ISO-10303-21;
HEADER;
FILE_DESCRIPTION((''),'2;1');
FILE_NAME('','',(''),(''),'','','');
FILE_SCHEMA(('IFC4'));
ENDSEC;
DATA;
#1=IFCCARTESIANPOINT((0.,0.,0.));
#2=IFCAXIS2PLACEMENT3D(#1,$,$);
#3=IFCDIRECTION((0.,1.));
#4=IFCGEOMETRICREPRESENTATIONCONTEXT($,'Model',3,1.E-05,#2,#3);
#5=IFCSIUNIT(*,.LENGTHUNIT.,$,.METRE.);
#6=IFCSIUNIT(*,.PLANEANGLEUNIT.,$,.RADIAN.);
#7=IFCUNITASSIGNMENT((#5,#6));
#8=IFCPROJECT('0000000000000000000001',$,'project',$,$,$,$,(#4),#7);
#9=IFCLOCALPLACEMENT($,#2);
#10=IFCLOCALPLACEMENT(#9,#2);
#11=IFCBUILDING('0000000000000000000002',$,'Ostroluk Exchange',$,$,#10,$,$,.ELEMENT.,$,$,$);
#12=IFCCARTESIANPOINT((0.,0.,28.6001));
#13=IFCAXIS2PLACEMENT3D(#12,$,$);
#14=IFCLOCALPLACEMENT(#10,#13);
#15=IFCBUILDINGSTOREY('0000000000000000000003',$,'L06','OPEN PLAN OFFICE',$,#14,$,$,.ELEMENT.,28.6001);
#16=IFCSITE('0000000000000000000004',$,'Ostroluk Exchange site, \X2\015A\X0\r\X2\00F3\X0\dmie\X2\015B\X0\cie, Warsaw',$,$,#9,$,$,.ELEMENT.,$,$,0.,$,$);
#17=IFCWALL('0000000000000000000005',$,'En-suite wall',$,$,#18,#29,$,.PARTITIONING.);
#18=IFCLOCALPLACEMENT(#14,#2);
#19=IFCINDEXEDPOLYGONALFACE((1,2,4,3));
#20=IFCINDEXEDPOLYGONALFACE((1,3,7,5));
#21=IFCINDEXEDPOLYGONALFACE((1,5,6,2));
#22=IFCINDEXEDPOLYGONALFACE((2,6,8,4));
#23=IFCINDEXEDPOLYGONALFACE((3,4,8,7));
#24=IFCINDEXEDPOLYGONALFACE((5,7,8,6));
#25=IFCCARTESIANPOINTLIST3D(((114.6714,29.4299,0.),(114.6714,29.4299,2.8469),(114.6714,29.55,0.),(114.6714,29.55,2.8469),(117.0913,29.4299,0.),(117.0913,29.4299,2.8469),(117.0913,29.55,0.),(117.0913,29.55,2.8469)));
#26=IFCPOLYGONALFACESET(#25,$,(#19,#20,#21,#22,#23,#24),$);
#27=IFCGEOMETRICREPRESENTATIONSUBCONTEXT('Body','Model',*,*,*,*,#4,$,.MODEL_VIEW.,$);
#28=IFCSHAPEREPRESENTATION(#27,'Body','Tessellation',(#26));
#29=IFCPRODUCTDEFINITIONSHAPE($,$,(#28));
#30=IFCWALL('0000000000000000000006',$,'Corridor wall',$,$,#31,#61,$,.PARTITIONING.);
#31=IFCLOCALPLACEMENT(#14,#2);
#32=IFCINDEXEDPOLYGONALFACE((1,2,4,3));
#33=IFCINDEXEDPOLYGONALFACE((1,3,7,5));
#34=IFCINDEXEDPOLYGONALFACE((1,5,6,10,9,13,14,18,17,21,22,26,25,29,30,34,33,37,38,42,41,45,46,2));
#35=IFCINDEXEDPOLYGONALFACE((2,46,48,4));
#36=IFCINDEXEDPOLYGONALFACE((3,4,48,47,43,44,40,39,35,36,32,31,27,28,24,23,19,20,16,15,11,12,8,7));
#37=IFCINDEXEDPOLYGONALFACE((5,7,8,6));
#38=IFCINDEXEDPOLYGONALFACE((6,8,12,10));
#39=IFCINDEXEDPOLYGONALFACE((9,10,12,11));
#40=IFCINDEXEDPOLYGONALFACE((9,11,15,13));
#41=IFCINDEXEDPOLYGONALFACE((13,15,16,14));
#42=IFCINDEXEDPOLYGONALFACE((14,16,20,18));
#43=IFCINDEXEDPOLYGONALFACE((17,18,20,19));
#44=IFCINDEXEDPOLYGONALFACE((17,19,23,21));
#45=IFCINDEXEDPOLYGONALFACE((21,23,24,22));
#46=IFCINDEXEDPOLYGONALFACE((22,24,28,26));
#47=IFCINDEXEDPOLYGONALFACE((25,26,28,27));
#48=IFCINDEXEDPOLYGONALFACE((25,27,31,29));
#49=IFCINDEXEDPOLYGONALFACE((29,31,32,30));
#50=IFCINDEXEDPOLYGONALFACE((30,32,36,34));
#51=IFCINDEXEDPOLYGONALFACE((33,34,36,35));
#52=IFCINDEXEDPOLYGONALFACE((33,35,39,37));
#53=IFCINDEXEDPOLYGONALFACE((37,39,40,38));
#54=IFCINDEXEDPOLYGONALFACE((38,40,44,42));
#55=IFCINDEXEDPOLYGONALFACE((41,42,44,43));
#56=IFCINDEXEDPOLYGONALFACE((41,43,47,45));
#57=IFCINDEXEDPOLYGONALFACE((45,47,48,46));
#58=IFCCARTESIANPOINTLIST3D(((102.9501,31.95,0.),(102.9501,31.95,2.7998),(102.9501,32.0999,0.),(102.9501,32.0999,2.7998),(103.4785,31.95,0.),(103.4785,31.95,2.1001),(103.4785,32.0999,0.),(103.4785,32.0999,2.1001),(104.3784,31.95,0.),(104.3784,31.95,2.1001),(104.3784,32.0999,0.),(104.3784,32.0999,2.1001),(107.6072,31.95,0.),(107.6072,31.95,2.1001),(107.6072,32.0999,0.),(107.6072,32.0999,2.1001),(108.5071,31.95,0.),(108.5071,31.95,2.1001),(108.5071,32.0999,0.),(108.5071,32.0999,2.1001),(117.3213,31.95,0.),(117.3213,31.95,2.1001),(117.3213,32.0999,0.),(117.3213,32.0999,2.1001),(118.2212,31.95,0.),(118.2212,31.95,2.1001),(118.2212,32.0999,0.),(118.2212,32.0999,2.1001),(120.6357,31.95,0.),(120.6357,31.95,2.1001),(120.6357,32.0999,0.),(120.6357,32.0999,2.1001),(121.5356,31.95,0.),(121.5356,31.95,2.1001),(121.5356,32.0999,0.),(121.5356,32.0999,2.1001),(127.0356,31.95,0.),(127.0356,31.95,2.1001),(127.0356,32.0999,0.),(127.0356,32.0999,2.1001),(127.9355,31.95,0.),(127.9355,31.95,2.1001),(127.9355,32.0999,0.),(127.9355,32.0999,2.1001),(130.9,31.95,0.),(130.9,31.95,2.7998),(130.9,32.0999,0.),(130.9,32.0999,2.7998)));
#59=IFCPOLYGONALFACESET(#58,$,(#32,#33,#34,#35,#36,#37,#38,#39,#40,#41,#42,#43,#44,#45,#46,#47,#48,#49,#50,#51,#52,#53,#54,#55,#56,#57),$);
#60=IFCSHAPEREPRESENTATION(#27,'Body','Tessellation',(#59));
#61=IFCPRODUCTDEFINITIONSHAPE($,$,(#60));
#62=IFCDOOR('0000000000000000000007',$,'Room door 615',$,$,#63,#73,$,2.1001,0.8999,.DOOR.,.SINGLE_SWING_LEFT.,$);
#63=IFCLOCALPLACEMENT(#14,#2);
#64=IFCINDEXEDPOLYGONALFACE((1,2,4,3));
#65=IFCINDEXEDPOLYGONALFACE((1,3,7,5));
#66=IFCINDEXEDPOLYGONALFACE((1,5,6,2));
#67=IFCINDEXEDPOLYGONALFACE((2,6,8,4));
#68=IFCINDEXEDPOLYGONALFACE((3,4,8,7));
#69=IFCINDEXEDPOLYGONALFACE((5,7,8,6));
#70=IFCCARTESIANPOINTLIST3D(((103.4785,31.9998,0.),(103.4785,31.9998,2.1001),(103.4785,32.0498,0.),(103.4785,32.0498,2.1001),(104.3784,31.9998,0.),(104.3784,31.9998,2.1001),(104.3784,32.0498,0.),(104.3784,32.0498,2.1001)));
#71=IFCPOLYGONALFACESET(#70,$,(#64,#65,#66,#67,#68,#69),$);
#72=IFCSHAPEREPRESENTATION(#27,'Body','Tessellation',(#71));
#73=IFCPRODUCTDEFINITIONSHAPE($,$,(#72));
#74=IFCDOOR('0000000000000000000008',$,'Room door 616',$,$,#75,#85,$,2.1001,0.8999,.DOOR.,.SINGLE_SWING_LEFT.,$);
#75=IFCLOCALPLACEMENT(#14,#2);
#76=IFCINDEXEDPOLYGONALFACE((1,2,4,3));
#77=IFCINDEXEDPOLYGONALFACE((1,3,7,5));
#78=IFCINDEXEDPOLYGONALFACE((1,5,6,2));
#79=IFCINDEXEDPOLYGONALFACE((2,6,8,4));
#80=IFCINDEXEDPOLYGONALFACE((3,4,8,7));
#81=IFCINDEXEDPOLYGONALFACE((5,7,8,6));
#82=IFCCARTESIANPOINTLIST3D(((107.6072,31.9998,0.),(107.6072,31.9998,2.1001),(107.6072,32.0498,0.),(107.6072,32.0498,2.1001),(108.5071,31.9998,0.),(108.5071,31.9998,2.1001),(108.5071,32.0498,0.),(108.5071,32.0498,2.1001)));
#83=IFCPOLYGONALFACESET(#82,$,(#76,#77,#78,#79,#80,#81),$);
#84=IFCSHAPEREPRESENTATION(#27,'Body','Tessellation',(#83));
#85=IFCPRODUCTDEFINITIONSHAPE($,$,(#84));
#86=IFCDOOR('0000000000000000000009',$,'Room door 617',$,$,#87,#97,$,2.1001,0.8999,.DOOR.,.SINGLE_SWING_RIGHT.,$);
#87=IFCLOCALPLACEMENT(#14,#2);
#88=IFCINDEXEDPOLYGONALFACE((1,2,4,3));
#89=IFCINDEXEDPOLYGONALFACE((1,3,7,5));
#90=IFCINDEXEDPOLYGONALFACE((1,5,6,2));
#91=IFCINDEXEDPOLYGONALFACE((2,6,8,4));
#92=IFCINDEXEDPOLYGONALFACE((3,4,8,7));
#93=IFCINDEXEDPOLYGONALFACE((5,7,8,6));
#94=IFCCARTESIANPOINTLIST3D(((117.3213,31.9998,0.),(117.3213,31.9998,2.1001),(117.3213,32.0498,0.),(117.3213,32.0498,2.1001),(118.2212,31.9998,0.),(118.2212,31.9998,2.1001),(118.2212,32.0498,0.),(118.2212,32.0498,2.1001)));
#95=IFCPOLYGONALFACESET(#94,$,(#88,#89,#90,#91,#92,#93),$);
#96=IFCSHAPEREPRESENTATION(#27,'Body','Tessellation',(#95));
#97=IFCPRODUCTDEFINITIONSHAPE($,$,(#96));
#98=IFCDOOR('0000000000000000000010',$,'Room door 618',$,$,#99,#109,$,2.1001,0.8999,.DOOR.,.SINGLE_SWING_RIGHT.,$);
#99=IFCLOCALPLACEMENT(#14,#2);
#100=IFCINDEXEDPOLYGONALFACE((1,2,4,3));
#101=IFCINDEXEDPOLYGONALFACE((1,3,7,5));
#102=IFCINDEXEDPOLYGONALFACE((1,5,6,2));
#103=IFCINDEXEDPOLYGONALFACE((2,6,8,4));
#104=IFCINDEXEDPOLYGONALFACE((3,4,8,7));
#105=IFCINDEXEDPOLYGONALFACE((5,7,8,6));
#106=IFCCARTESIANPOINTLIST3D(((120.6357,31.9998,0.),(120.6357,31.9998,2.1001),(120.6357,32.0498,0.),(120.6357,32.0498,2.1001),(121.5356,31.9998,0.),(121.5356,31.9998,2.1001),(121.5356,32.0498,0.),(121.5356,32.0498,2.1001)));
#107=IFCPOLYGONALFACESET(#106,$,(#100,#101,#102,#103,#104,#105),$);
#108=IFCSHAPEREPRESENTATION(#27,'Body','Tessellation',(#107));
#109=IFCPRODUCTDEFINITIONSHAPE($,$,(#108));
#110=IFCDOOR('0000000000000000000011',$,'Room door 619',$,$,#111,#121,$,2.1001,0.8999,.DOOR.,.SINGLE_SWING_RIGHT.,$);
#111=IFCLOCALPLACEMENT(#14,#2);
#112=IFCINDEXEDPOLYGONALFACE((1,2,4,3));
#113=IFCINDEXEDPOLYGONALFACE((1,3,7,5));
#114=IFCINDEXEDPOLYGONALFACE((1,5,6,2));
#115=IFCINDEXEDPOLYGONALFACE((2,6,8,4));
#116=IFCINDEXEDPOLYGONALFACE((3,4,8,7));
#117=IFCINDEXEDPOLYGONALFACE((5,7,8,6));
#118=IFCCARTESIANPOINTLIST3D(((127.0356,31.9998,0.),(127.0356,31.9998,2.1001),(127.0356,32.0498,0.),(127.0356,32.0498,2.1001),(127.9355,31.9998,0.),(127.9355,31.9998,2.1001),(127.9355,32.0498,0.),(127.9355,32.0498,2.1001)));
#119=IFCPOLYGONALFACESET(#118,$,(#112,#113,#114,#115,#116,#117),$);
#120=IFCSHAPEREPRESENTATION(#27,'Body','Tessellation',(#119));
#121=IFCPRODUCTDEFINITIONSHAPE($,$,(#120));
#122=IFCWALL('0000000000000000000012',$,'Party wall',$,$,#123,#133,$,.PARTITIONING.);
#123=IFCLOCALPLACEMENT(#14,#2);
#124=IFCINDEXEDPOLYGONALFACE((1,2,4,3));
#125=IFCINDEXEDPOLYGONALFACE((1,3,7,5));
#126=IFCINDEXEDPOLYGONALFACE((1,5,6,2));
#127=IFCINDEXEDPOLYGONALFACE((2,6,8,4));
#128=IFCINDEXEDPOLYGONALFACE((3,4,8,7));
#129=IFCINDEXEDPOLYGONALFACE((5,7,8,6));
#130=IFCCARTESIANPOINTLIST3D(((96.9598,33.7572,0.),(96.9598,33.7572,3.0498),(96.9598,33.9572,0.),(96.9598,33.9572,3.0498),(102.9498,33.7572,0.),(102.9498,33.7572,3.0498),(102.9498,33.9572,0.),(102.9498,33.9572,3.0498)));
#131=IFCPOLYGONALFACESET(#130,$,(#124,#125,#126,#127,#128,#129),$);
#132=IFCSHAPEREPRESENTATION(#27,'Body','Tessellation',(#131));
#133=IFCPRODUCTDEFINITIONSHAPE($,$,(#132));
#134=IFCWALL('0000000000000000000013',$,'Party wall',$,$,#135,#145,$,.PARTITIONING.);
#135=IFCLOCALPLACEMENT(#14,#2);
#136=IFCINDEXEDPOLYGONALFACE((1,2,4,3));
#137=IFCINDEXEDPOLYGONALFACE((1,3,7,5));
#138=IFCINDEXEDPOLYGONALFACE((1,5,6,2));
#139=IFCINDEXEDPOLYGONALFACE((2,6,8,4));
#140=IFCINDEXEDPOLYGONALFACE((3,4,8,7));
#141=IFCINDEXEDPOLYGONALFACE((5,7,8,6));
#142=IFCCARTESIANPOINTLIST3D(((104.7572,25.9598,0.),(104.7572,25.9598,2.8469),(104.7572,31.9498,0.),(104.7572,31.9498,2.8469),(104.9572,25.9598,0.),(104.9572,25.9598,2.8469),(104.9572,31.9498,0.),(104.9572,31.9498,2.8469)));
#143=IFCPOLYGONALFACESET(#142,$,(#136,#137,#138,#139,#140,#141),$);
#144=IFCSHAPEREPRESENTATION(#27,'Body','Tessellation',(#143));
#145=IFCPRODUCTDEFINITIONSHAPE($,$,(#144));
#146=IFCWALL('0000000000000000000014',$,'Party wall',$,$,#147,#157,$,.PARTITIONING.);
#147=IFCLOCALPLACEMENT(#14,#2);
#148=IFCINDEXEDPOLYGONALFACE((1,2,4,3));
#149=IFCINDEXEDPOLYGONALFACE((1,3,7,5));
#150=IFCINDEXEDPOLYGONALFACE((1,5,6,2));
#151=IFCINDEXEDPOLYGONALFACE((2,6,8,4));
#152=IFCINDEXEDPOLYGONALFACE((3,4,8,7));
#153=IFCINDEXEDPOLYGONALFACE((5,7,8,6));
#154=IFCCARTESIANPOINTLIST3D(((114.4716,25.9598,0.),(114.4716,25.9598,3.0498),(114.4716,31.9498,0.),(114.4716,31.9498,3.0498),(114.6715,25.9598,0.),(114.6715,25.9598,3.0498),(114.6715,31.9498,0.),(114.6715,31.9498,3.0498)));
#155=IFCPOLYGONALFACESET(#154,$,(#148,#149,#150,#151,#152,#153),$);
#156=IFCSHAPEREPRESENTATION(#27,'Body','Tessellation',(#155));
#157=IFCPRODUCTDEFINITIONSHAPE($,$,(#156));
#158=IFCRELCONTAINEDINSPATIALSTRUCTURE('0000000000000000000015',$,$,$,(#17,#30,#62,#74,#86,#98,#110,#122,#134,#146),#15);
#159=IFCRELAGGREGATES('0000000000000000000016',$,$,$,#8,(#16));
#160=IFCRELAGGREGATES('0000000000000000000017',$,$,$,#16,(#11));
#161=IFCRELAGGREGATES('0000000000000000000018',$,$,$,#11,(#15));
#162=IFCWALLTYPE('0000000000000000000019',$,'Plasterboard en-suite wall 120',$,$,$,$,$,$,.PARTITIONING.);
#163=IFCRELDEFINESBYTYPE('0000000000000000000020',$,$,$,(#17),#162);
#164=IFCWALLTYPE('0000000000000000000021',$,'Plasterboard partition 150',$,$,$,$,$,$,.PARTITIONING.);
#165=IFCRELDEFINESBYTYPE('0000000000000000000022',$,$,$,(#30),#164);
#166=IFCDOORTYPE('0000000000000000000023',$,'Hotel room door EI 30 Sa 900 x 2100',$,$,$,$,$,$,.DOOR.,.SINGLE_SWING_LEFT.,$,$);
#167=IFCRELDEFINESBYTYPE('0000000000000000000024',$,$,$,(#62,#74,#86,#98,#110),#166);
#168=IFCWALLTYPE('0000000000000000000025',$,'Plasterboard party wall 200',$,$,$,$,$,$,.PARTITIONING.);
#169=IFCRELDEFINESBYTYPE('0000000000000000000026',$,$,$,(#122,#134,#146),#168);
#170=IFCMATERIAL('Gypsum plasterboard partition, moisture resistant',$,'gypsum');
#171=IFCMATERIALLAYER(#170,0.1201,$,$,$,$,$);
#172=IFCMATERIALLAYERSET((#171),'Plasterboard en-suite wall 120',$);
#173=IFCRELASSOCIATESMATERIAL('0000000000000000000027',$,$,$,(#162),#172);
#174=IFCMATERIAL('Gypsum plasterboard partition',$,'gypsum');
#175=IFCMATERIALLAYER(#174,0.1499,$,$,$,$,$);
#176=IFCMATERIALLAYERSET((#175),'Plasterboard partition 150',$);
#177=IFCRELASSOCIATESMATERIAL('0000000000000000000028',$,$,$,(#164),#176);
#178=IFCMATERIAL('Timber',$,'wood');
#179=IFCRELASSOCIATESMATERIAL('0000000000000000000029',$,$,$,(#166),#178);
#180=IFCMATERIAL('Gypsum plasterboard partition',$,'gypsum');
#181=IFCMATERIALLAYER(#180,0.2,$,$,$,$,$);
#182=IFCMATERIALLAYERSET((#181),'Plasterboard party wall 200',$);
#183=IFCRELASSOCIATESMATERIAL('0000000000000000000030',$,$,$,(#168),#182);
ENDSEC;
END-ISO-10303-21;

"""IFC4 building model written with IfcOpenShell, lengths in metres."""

from ifc_helpers import new_model, si_unit, direction, frame, frame_2d, origin, place, context, subcontext, project, spatial, rectangle, extrude, material, layer, layer_set, type_object, element, fill, save


model = new_model("IFC4")

# Units and contexts
model_context = context("Model", 3, precision=1e-05, world=origin(), true_north=direction((0.0, 1.0)))
body_context = subcontext(model_context, "Body", "Model", "MODEL_VIEW")
ifc_project = project(units=[si_unit("LENGTHUNIT", "METRE"), si_unit("PLANEANGLEUNIT", "RADIAN")], contexts=[model_context])

# Site, building, storey
site_placement = place(None, origin())
site = spatial("IfcSite", under=ifc_project, at=site_placement, Name="Ostroluk Exchange site, Śródmieście, Warsaw", CompositionType="ELEMENT", RefElevation=0.0)
building_placement = place(site_placement, origin())
building = spatial("IfcBuilding", under=site, at=building_placement, Name="Ostroluk Exchange", CompositionType="ELEMENT")
storey_placement = place(building_placement, frame((0.0, 0.0, 28.6001)))
storey = spatial("IfcBuildingStorey", under=building, at=storey_placement, Name="L06", Description="OPEN PLAN OFFICE", CompositionType="ELEMENT", Elevation=28.6001)

# Shared definitions
ifc_material_1 = material(Name="Gypsum plasterboard partition, moisture resistant", Category="gypsum")
ifc_layer_1 = layer(ifc_material_1, 0.1201)
ifc_layer_set_1 = layer_set([ifc_layer_1], Name="Plasterboard en-suite wall 120")
wall_type_1 = type_object("IfcWallType", Name="Plasterboard en-suite wall 120", PredefinedType="PARTITIONING", material=ifc_layer_set_1)

# Wall
wall_1_placement = place(storey_placement, frame((114.6714, 29.49, 0.0), z_axis=(0.0, 0.0, 1.0), x_axis=(1.0, 0.0, 0.0)))
element("IfcWall", 1, at=wall_1_placement, inside=storey, type_object=wall_type_1, Name="En-suite wall", PredefinedType="PARTITIONING", context=body_context, shape_type="SweptSolid", body=[
    extrude(rectangle(XDim=2.4199, YDim=0.1201, at=frame_2d((1.21, 0.0))), origin(), (0.0, 0.0, 1.0), 2.8469),
])

# Wall, openings, doors
ifc_material_2 = material(Name="Gypsum plasterboard partition", Category="gypsum")
ifc_layer_2 = layer(ifc_material_2, 0.1499)
ifc_layer_set_2 = layer_set([ifc_layer_2], Name="Plasterboard partition 150")
wall_type_2 = type_object("IfcWallType", Name="Plasterboard partition 150", PredefinedType="PARTITIONING", material=ifc_layer_set_2)
wall_2_placement = place(storey_placement, frame((102.95, 32.0249, 0.0), z_axis=(0.0, 0.0, 1.0), x_axis=(1.0, 0.0, 0.0)))
wall_2 = element("IfcWall", 2, at=wall_2_placement, inside=storey, type_object=wall_type_2, Name="Corridor wall", PredefinedType="PARTITIONING", context=body_context, shape_type="SweptSolid", body=[
    extrude(rectangle(XDim=27.95, YDim=0.1499, at=frame_2d((13.9751, 0.0))), origin(), (0.0, 0.0, 1.0), 2.7998),
])
opening_1_placement = place(wall_2_placement, frame((0.5286, 0.0, 0.0)))
opening_1 = element("IfcOpeningElement", 3, at=opening_1_placement, cuts=wall_2, PredefinedType="OPENING", context=body_context, shape_type="SweptSolid", body=[
    extrude(rectangle(XDim=0.8999, YDim=2.1001, at=frame_2d((0.45, 1.05))), frame((0.0, 0.085, 0.0), z_axis=(0.0, -1.0, 0.0), x_axis=(1.0, 0.0, 0.0)), (0.0, 0.0, 1.0), 0.1699),
])
opening_2_placement = place(wall_2_placement, frame((4.6572, 0.0, 0.0)))
opening_2 = element("IfcOpeningElement", 4, at=opening_2_placement, cuts=wall_2, PredefinedType="OPENING", context=body_context, shape_type="SweptSolid", body=[
    extrude(rectangle(XDim=0.8999, YDim=2.1001, at=frame_2d((0.45, 1.05))), frame((0.0, 0.085, 0.0), z_axis=(0.0, -1.0, 0.0), x_axis=(1.0, 0.0, 0.0)), (0.0, 0.0, 1.0), 0.1699),
])
opening_3_placement = place(wall_2_placement, frame((14.3713, 0.0, 0.0)))
opening_3 = element("IfcOpeningElement", 5, at=opening_3_placement, cuts=wall_2, PredefinedType="OPENING", context=body_context, shape_type="SweptSolid", body=[
    extrude(rectangle(XDim=0.8999, YDim=2.1001, at=frame_2d((0.45, 1.05))), frame((0.0, 0.085, 0.0), z_axis=(0.0, -1.0, 0.0), x_axis=(1.0, 0.0, 0.0)), (0.0, 0.0, 1.0), 0.1699),
])
opening_4_placement = place(wall_2_placement, frame((17.6858, 0.0, 0.0)))
opening_4 = element("IfcOpeningElement", 6, at=opening_4_placement, cuts=wall_2, PredefinedType="OPENING", context=body_context, shape_type="SweptSolid", body=[
    extrude(rectangle(XDim=0.8999, YDim=2.1001, at=frame_2d((0.45, 1.05))), frame((0.0, 0.085, 0.0), z_axis=(0.0, -1.0, 0.0), x_axis=(1.0, 0.0, 0.0)), (0.0, 0.0, 1.0), 0.1699),
])
opening_5_placement = place(wall_2_placement, frame((24.0857, 0.0, 0.0)))
opening_5 = element("IfcOpeningElement", 7, at=opening_5_placement, cuts=wall_2, PredefinedType="OPENING", context=body_context, shape_type="SweptSolid", body=[
    extrude(rectangle(XDim=0.8999, YDim=2.1001, at=frame_2d((0.45, 1.05))), frame((0.0, 0.085, 0.0), z_axis=(0.0, -1.0, 0.0), x_axis=(1.0, 0.0, 0.0)), (0.0, 0.0, 1.0), 0.1699),
])
ifc_material_3 = material(Name="Timber", Category="wood")
door_type_1 = type_object("IfcDoorType", Name="Hotel room door EI 30 Sa 900 x 2100", OperationType="SINGLE_SWING_LEFT", PredefinedType="DOOR", material=ifc_material_3)
door_1_placement = place(opening_1_placement, origin())
door_1 = element("IfcDoor", 8, at=door_1_placement, inside=storey, type_object=door_type_1, Name="Room door 615", OperationType="SINGLE_SWING_LEFT", OverallHeight=2.1001, OverallWidth=0.8999, PredefinedType="DOOR", context=body_context, shape_type="SweptSolid", body=[
    extrude(rectangle(XDim=0.8999, YDim=2.1001, at=frame_2d((0.45, 1.05))), frame((0.0, 0.0249, 0.0), z_axis=(0.0, -1.0, 0.0), x_axis=(1.0, 0.0, 0.0)), (0.0, 0.0, 1.0), 0.05),
])
fill(opening_1, door_1)
door_2_placement = place(opening_2_placement, origin())
door_2 = element("IfcDoor", 9, at=door_2_placement, inside=storey, type_object=door_type_1, Name="Room door 616", OperationType="SINGLE_SWING_LEFT", OverallHeight=2.1001, OverallWidth=0.8999, PredefinedType="DOOR", context=body_context, shape_type="SweptSolid", body=[
    extrude(rectangle(XDim=0.8999, YDim=2.1001, at=frame_2d((0.45, 1.05))), frame((0.0, 0.0249, 0.0), z_axis=(0.0, -1.0, 0.0), x_axis=(1.0, 0.0, 0.0)), (0.0, 0.0, 1.0), 0.05),
])
fill(opening_2, door_2)
door_3_placement = place(opening_3_placement, origin())
door_3 = element("IfcDoor", 10, at=door_3_placement, inside=storey, type_object=door_type_1, Name="Room door 617", OperationType="SINGLE_SWING_RIGHT", OverallHeight=2.1001, OverallWidth=0.8999, PredefinedType="DOOR", context=body_context, shape_type="SweptSolid", body=[
    extrude(rectangle(XDim=0.8999, YDim=2.1001, at=frame_2d((0.45, 1.05))), frame((0.0, 0.0249, 0.0), z_axis=(0.0, -1.0, 0.0), x_axis=(1.0, 0.0, 0.0)), (0.0, 0.0, 1.0), 0.05),
])
fill(opening_3, door_3)
door_4_placement = place(opening_4_placement, origin())
door_4 = element("IfcDoor", 11, at=door_4_placement, inside=storey, type_object=door_type_1, Name="Room door 618", OperationType="SINGLE_SWING_RIGHT", OverallHeight=2.1001, OverallWidth=0.8999, PredefinedType="DOOR", context=body_context, shape_type="SweptSolid", body=[
    extrude(rectangle(XDim=0.8999, YDim=2.1001, at=frame_2d((0.45, 1.05))), frame((0.0, 0.0249, 0.0), z_axis=(0.0, -1.0, 0.0), x_axis=(1.0, 0.0, 0.0)), (0.0, 0.0, 1.0), 0.05),
])
fill(opening_4, door_4)
door_5_placement = place(opening_5_placement, origin())
door_5 = element("IfcDoor", 12, at=door_5_placement, inside=storey, type_object=door_type_1, Name="Room door 619", OperationType="SINGLE_SWING_RIGHT", OverallHeight=2.1001, OverallWidth=0.8999, PredefinedType="DOOR", context=body_context, shape_type="SweptSolid", body=[
    extrude(rectangle(XDim=0.8999, YDim=2.1001, at=frame_2d((0.45, 1.05))), frame((0.0, 0.0249, 0.0), z_axis=(0.0, -1.0, 0.0), x_axis=(1.0, 0.0, 0.0)), (0.0, 0.0, 1.0), 0.05),
])
fill(opening_5, door_5)

# Walls
ifc_material_4 = material(Name="Gypsum plasterboard partition", Category="gypsum")
ifc_layer_3 = layer(ifc_material_4, 0.2)
ifc_layer_set_3 = layer_set([ifc_layer_3], Name="Plasterboard party wall 200")
wall_type_3 = type_object("IfcWallType", Name="Plasterboard party wall 200", PredefinedType="PARTITIONING", material=ifc_layer_set_3)
wall_3_placement = place(storey_placement, frame((102.95, 33.8572, 0.0), z_axis=(0.0, 0.0, 1.0), x_axis=(-1.0, 0.0, 0.0)))
element("IfcWall", 13, at=wall_3_placement, inside=storey, type_object=wall_type_3, Name="Party wall", PredefinedType="PARTITIONING", context=body_context, shape_type="SweptSolid", body=[
    extrude(rectangle(XDim=5.99, YDim=0.2, at=frame_2d((2.9951, 0.0))), origin(), (0.0, 0.0, 1.0), 3.0498),
])
wall_4_placement = place(storey_placement, frame((104.8572, 31.95, 0.0), z_axis=(0.0, 0.0, 1.0), x_axis=(0.0, -1.0, 0.0)))
element("IfcWall", 14, at=wall_4_placement, inside=storey, type_object=wall_type_3, Name="Party wall", PredefinedType="PARTITIONING", context=body_context, shape_type="SweptSolid", body=[
    extrude(rectangle(XDim=5.99, YDim=0.2, at=frame_2d((2.9951, 0.0))), origin(), (0.0, 0.0, 1.0), 2.8469),
])
wall_5_placement = place(storey_placement, frame((114.5715, 31.95, 0.0), z_axis=(0.0, 0.0, 1.0), x_axis=(0.0, -1.0, 0.0)))
element("IfcWall", 15, at=wall_5_placement, inside=storey, type_object=wall_type_3, Name="Party wall", PredefinedType="PARTITIONING", context=body_context, shape_type="SweptSolid", body=[
    extrude(rectangle(XDim=5.99, YDim=0.2, at=frame_2d((2.9951, 0.0))), origin(), (0.0, 0.0, 1.0), 3.0498),
])

save(model, "model.ifc")
